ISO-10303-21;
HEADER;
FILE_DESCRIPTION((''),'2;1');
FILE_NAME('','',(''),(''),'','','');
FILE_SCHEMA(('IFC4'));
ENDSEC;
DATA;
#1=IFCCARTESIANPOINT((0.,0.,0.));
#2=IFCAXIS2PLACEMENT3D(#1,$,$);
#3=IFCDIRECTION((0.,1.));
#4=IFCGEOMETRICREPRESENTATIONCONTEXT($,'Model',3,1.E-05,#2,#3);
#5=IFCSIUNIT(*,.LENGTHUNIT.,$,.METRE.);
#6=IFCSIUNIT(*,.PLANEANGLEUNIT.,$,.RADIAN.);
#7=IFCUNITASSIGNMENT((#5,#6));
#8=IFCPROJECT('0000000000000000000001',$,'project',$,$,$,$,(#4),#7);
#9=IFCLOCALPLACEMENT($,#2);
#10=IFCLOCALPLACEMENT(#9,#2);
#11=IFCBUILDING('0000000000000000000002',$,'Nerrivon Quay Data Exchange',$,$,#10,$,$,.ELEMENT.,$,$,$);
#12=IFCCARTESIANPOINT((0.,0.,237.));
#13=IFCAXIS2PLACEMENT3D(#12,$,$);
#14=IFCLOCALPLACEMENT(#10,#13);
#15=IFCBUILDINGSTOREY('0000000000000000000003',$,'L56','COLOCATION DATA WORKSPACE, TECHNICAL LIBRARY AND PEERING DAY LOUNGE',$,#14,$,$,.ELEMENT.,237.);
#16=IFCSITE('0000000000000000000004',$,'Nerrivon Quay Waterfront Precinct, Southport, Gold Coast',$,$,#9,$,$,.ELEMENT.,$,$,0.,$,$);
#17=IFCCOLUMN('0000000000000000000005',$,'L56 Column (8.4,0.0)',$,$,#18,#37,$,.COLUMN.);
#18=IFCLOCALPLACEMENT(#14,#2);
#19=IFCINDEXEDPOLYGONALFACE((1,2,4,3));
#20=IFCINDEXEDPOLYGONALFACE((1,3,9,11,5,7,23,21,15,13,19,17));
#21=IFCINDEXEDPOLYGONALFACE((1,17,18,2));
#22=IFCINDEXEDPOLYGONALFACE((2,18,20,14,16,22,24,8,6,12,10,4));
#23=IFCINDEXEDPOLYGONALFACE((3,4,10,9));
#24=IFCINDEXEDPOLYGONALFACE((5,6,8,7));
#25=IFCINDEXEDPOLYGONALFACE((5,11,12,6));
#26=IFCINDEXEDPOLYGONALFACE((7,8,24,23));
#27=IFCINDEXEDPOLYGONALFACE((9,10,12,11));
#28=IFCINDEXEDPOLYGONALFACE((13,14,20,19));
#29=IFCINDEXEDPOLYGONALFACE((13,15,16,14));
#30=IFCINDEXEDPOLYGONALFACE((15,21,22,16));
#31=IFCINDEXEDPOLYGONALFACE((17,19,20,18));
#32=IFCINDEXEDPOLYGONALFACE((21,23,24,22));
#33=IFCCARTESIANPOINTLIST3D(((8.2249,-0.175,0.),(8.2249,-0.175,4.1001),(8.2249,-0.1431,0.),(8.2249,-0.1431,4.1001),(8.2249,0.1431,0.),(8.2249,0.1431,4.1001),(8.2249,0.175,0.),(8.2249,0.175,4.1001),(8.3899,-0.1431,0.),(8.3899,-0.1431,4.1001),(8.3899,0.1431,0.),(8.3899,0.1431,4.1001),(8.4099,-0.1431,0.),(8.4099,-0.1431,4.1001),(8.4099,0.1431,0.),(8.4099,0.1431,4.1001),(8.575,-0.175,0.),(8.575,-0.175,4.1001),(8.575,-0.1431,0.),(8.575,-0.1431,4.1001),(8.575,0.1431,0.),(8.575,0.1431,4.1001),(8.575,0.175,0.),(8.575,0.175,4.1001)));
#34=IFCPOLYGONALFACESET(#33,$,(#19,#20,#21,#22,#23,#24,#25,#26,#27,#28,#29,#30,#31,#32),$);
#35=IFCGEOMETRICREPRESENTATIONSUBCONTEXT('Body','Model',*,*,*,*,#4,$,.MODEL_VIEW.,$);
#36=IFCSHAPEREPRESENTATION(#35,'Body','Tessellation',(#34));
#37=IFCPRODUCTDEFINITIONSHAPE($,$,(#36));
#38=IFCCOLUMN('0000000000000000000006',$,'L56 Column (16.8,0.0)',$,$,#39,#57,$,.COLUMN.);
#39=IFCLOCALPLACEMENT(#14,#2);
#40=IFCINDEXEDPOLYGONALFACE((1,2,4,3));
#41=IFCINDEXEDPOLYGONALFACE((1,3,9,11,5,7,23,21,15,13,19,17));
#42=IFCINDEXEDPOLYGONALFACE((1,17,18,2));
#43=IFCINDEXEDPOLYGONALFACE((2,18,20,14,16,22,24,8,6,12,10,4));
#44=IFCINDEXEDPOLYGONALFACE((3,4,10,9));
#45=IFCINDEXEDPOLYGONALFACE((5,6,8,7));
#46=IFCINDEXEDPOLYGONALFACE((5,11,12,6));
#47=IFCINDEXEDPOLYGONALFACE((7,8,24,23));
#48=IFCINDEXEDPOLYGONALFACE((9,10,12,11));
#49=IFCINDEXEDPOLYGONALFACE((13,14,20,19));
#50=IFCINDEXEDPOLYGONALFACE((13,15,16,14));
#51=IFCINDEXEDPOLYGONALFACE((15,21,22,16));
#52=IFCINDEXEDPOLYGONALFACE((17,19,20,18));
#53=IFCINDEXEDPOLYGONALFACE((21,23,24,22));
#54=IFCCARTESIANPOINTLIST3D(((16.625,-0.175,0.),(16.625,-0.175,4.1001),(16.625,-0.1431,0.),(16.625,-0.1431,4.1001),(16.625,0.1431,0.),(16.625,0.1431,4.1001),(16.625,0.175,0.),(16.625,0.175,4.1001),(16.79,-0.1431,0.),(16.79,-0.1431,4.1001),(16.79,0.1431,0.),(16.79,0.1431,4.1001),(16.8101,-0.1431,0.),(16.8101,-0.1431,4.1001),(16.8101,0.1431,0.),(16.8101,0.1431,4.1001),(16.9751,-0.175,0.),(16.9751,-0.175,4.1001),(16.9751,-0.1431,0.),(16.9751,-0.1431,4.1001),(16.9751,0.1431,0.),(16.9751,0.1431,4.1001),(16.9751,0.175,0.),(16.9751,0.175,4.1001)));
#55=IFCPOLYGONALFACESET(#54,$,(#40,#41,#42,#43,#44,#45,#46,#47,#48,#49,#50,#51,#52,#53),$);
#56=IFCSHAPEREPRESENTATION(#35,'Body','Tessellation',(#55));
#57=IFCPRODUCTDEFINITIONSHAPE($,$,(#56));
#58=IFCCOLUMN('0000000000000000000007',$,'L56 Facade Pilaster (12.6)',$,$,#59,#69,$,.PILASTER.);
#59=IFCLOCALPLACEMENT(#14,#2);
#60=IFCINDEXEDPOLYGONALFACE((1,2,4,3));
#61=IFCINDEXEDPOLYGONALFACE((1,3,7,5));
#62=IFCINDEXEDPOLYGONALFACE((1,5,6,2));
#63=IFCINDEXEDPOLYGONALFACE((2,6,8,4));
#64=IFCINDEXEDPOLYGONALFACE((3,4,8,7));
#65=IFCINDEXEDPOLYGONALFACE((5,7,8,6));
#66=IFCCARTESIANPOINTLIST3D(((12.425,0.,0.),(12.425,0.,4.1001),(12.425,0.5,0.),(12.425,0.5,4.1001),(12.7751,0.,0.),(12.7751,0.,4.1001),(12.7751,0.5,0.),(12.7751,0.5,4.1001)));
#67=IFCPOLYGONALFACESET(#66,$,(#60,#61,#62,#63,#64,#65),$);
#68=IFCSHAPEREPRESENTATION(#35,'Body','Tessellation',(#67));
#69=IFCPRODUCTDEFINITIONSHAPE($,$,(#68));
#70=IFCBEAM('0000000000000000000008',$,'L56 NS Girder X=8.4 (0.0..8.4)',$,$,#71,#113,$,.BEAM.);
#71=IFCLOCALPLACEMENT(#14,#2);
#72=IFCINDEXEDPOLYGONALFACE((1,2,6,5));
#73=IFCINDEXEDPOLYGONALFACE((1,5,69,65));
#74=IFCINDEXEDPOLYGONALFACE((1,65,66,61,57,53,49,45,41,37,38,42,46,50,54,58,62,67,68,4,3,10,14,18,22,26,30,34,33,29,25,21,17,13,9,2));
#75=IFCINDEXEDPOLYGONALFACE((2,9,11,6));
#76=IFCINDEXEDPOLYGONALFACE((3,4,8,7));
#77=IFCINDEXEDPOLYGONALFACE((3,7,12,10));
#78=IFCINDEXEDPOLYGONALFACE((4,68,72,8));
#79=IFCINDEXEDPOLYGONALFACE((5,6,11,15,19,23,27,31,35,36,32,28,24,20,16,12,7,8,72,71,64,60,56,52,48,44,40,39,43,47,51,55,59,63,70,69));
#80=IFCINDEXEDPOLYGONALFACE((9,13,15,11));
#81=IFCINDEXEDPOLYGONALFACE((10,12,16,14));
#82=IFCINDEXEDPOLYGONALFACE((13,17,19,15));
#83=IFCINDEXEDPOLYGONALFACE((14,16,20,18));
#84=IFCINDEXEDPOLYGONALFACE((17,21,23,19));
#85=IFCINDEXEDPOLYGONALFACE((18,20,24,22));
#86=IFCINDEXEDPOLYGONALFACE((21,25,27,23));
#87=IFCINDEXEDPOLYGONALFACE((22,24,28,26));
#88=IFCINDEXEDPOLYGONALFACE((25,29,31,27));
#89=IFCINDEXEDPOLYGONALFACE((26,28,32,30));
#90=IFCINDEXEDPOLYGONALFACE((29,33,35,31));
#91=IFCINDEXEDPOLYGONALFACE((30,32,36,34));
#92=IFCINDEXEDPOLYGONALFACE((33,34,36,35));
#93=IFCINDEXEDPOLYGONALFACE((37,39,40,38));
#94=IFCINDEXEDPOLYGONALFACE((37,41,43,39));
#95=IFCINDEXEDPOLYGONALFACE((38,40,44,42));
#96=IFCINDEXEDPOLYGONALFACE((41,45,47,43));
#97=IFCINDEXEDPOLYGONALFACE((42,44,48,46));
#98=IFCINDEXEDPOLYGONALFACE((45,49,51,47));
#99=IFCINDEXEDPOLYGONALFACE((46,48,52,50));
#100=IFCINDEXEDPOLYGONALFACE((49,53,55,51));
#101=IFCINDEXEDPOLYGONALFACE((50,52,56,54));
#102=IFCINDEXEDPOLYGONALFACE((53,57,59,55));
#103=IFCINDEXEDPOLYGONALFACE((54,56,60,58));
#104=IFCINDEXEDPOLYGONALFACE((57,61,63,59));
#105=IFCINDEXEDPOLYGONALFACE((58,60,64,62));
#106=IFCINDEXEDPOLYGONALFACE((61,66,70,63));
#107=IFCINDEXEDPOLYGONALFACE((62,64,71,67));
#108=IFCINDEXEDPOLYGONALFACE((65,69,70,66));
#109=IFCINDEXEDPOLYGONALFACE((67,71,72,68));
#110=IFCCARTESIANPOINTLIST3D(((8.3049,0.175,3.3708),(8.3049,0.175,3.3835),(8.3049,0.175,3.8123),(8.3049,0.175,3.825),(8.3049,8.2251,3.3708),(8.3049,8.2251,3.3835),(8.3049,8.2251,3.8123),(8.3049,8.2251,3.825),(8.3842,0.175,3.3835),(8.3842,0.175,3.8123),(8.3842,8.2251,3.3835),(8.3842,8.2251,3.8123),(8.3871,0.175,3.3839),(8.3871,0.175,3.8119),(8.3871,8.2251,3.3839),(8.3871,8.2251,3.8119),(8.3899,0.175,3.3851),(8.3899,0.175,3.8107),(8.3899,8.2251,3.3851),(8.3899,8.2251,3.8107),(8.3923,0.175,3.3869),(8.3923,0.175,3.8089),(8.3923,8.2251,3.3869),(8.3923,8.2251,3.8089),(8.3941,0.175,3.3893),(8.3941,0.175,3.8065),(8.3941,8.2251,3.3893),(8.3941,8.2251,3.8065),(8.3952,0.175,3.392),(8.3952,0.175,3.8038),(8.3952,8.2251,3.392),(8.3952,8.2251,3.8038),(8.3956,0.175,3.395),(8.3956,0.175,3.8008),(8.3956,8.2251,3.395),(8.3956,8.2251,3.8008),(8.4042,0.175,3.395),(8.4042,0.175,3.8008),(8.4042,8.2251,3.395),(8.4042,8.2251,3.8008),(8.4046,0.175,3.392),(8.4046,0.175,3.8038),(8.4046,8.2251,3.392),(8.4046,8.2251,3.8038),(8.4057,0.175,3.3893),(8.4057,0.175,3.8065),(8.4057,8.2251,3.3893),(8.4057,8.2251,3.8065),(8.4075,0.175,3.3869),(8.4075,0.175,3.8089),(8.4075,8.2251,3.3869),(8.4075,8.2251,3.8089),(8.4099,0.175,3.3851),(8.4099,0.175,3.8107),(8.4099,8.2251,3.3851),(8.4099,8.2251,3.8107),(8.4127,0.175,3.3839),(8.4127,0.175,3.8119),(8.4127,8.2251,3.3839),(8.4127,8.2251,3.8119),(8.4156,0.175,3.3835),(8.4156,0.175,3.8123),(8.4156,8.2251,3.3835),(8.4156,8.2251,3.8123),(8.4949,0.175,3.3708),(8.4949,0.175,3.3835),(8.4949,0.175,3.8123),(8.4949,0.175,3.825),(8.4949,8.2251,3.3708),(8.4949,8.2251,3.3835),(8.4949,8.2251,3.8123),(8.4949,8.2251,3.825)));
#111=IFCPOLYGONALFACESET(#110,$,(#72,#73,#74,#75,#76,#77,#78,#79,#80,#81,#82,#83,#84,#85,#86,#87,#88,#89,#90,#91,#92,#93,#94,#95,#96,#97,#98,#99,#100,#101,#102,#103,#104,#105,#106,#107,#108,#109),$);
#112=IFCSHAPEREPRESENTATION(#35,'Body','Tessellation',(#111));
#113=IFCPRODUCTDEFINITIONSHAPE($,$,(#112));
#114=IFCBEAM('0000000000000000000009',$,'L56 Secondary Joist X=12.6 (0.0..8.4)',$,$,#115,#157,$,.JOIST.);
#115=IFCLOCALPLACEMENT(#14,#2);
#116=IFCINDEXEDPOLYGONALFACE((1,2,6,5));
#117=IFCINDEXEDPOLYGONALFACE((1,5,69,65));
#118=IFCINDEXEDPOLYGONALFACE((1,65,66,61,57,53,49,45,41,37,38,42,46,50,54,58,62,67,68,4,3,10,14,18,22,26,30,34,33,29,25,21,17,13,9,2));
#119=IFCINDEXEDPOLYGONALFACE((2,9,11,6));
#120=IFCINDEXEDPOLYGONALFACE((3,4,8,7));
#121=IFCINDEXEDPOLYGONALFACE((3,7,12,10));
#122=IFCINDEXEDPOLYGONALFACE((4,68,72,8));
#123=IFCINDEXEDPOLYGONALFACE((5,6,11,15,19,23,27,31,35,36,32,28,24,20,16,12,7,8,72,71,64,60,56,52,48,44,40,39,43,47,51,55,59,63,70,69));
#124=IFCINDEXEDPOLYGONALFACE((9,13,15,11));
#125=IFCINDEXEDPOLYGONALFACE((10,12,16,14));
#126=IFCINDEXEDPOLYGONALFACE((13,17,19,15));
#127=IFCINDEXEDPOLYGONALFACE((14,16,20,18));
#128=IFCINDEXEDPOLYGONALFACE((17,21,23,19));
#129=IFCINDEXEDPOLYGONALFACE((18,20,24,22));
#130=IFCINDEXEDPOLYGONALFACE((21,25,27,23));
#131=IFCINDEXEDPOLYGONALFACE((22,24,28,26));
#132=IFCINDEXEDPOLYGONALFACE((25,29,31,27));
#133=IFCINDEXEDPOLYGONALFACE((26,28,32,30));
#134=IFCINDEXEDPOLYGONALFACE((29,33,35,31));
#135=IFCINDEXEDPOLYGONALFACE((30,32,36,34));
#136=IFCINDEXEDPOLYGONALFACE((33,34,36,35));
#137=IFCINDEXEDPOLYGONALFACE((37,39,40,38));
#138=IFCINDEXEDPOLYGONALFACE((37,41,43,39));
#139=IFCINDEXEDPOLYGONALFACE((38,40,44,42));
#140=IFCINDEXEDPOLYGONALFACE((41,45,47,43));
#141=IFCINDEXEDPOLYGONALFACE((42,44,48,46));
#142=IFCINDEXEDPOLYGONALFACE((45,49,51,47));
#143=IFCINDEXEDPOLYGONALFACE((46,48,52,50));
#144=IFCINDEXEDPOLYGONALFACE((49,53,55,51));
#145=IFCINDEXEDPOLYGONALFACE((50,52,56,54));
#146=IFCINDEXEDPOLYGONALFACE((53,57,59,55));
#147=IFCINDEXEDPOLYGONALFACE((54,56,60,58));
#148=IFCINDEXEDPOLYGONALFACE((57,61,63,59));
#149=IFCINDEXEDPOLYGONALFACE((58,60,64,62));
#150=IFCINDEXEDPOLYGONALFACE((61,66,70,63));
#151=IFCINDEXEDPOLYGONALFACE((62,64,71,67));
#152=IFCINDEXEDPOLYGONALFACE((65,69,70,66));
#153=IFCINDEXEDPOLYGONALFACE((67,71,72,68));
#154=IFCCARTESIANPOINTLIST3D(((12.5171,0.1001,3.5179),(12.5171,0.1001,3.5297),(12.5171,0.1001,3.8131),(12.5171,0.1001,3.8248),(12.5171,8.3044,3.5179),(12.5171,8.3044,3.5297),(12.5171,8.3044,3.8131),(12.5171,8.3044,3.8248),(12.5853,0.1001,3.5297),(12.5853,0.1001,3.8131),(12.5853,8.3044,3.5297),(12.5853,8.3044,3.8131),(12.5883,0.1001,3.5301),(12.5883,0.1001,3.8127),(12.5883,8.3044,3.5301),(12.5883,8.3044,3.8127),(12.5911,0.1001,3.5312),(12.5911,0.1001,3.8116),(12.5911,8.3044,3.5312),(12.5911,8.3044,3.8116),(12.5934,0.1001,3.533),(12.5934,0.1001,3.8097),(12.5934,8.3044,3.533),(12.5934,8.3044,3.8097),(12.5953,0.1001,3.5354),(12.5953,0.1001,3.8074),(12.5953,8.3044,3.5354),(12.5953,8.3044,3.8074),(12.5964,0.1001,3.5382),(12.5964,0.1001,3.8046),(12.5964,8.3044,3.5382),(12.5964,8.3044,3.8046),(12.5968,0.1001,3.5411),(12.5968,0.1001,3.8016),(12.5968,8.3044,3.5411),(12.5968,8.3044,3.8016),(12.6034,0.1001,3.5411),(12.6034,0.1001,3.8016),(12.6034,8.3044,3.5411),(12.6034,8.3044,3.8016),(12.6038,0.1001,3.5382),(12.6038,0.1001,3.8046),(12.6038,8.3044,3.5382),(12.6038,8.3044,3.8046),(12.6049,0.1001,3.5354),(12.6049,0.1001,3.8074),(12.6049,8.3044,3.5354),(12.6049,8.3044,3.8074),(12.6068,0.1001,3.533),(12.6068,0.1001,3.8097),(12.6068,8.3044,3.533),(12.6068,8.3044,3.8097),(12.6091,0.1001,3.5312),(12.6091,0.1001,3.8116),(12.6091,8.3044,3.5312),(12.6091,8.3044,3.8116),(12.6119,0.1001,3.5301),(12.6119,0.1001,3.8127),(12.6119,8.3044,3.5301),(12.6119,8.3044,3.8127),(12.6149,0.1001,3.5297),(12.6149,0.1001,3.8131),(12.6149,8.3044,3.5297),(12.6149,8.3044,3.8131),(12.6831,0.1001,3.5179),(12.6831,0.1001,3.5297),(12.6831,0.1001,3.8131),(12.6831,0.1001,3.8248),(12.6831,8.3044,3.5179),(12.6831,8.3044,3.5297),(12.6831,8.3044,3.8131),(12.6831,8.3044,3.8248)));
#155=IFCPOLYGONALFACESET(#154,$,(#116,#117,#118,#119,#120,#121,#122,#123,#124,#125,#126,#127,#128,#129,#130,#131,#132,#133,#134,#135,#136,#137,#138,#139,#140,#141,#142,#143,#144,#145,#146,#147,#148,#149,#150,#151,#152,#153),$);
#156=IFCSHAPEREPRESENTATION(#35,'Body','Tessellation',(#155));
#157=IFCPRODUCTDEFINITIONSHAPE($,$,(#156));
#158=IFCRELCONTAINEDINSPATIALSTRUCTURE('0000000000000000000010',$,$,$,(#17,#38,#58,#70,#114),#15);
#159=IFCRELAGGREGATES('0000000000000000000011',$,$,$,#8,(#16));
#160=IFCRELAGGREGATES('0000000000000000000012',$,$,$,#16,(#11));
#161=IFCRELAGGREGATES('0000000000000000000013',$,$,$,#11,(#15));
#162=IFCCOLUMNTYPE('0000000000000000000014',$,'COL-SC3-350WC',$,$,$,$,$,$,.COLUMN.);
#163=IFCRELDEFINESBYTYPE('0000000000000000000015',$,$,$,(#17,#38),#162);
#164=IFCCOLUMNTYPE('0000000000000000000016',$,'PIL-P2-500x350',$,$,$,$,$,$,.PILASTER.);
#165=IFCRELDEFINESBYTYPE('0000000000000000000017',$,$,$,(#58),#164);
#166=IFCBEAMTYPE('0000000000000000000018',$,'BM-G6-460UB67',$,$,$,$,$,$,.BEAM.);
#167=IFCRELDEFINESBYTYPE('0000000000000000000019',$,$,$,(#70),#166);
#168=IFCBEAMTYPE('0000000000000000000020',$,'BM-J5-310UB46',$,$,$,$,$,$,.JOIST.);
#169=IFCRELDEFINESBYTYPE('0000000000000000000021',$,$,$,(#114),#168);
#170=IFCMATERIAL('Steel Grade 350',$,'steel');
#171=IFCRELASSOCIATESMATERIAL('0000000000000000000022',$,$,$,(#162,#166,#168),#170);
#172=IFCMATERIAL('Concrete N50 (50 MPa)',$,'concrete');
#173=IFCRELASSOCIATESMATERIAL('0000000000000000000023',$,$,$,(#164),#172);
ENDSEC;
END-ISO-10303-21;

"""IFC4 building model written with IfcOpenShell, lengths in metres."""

from ifc_helpers import new_model, si_unit, direction, frame, origin, origin_2d, place, context, subcontext, project, spatial, rectangle, i_section, extrude, material, material_profile, profile_set, type_object, element, save


model = new_model("IFC4")

# Units and contexts
model_context = context("Model", 3, precision=1e-05, world=origin(), true_north=direction((0.0, 1.0)))
body_context = subcontext(model_context, "Body", "Model", "MODEL_VIEW")
ifc_project = project(units=[si_unit("LENGTHUNIT", "METRE"), si_unit("PLANEANGLEUNIT", "RADIAN")], contexts=[model_context])

# Site, building, storey
site_placement = place(None, origin())
site = spatial("IfcSite", under=ifc_project, at=site_placement, Name="Nerrivon Quay Waterfront Precinct, Southport, Gold Coast", CompositionType="ELEMENT", RefElevation=0.0)
building_placement = place(site_placement, origin())
building = spatial("IfcBuilding", under=site, at=building_placement, Name="Nerrivon Quay Data Exchange", CompositionType="ELEMENT")
storey_placement = place(building_placement, frame((0.0, 0.0, 237.0)))
storey = spatial("IfcBuildingStorey", under=building, at=storey_placement, Name="L56", Description="COLOCATION DATA WORKSPACE, TECHNICAL LIBRARY AND PEERING DAY LOUNGE", CompositionType="ELEMENT", Elevation=237.0)

# Columns
ifc_material_1 = material(Name="Steel Grade 350", Category="steel")
ifc_material_profile_1 = material_profile(ifc_material_1, i_section(OverallWidth=0.3501, OverallDepth=0.3501, WebThickness=0.02, FlangeThickness=0.032, at=origin_2d()), Name="350WC230")
ifc_profile_set_1 = profile_set([ifc_material_profile_1], Name="Steel Grade 350")
column_type_1 = type_object("IfcColumnType", Name="COL-SC3-350WC", PredefinedType="COLUMN", material=ifc_profile_set_1)
for number, where, z_axis, x_axis, name in (
    (1, (8.3999, 0.0, 0.0), (0.0, 0.0, 1.0), (1.0, 0.0, 0.0), "L56 Column (8.4,0.0)"),
    (2, (16.8, 0.0, 0.0), (0.0, 0.0, 1.0), (1.0, 0.0, 0.0), "L56 Column (16.8,0.0)"),
):
    element("IfcColumn", number, at=place(storey_placement, frame(where, z_axis=z_axis, x_axis=x_axis)), inside=storey, type_object=column_type_1, Name=name, PredefinedType="COLUMN", context=body_context, shape_type="SweptSolid", body=[
        extrude(i_section(OverallWidth=0.3501, OverallDepth=0.3501, WebThickness=0.02, FlangeThickness=0.032, at=origin_2d()), origin(), (0.0, 0.0, 1.0), 4.1001),
    ])
ifc_material_2 = material(Name="Concrete N50 (50 MPa)", Category="concrete")
ifc_material_profile_2 = material_profile(ifc_material_2, rectangle(XDim=0.3501, YDim=0.5, at=origin_2d()), Name="RC-PIL-500x350")
ifc_profile_set_2 = profile_set([ifc_material_profile_2], Name="Concrete N50 (50 MPa)")
column_type_2 = type_object("IfcColumnType", Name="PIL-P2-500x350", PredefinedType="PILASTER", material=ifc_profile_set_2)
column_placement = place(storey_placement, frame((12.6001, 0.25, 0.0), z_axis=(0.0, 0.0, 1.0), x_axis=(1.0, 0.0, 0.0)))
element("IfcColumn", 3, at=column_placement, inside=storey, type_object=column_type_2, Name="L56 Facade Pilaster (12.6)", PredefinedType="PILASTER", context=body_context, shape_type="SweptSolid", body=[
    extrude(rectangle(XDim=0.3501, YDim=0.5, at=origin_2d()), origin(), (0.0, 0.0, 1.0), 4.1001),
])

# Beams
ifc_material_profile_3 = material_profile(ifc_material_1, i_section(OverallWidth=0.1899, OverallDepth=0.4541, WebThickness=0.0085, FlangeThickness=0.0127, FilletRadius=0.0115, at=origin_2d()), Name="460UB67.1")
ifc_profile_set_3 = profile_set([ifc_material_profile_3], Name="Steel Grade 350")
beam_type_1 = type_object("IfcBeamType", Name="BM-G6-460UB67", PredefinedType="BEAM", material=ifc_profile_set_3)
beam_1_placement = place(storey_placement, frame((8.3999, 0.175, 3.5979), z_axis=(0.0, 1.0, 0.0), x_axis=(-1.0, 0.0, 0.0)))
element("IfcBeam", 4, at=beam_1_placement, inside=storey, type_object=beam_type_1, Name="L56 NS Girder X=8.4 (0.0..8.4)", PredefinedType="BEAM", context=body_context, shape_type="SweptSolid", body=[
    extrude(i_section(OverallWidth=0.1899, OverallDepth=0.4541, WebThickness=0.0085, FlangeThickness=0.0127, FilletRadius=0.0115, at=origin_2d()), origin(), (0.0, 0.0, 1.0), 8.05),
])
ifc_material_profile_4 = material_profile(ifc_material_1, i_section(OverallWidth=0.166, OverallDepth=0.3069, WebThickness=0.0066, FlangeThickness=0.0117, FilletRadius=0.0115, at=origin_2d()), Name="310UB46.2")
ifc_profile_set_4 = profile_set([ifc_material_profile_4], Name="Steel Grade 350")
beam_type_2 = type_object("IfcBeamType", Name="BM-J5-310UB46", PredefinedType="JOIST", material=ifc_profile_set_4)
beam_2_placement = place(storey_placement, frame((12.6001, 0.1001, 3.6714), z_axis=(0.0, 1.0, 0.0), x_axis=(-1.0, 0.0, 0.0)))
element("IfcBeam", 5, at=beam_2_placement, inside=storey, type_object=beam_type_2, Name="L56 Secondary Joist X=12.6 (0.0..8.4)", PredefinedType="JOIST", context=body_context, shape_type="SweptSolid", body=[
    extrude(i_section(OverallWidth=0.166, OverallDepth=0.3069, WebThickness=0.0066, FlangeThickness=0.0117, FilletRadius=0.0115, at=origin_2d()), origin(), (0.0, 0.0, 1.0), 8.2043),
])

save(model, "model.ifc")
